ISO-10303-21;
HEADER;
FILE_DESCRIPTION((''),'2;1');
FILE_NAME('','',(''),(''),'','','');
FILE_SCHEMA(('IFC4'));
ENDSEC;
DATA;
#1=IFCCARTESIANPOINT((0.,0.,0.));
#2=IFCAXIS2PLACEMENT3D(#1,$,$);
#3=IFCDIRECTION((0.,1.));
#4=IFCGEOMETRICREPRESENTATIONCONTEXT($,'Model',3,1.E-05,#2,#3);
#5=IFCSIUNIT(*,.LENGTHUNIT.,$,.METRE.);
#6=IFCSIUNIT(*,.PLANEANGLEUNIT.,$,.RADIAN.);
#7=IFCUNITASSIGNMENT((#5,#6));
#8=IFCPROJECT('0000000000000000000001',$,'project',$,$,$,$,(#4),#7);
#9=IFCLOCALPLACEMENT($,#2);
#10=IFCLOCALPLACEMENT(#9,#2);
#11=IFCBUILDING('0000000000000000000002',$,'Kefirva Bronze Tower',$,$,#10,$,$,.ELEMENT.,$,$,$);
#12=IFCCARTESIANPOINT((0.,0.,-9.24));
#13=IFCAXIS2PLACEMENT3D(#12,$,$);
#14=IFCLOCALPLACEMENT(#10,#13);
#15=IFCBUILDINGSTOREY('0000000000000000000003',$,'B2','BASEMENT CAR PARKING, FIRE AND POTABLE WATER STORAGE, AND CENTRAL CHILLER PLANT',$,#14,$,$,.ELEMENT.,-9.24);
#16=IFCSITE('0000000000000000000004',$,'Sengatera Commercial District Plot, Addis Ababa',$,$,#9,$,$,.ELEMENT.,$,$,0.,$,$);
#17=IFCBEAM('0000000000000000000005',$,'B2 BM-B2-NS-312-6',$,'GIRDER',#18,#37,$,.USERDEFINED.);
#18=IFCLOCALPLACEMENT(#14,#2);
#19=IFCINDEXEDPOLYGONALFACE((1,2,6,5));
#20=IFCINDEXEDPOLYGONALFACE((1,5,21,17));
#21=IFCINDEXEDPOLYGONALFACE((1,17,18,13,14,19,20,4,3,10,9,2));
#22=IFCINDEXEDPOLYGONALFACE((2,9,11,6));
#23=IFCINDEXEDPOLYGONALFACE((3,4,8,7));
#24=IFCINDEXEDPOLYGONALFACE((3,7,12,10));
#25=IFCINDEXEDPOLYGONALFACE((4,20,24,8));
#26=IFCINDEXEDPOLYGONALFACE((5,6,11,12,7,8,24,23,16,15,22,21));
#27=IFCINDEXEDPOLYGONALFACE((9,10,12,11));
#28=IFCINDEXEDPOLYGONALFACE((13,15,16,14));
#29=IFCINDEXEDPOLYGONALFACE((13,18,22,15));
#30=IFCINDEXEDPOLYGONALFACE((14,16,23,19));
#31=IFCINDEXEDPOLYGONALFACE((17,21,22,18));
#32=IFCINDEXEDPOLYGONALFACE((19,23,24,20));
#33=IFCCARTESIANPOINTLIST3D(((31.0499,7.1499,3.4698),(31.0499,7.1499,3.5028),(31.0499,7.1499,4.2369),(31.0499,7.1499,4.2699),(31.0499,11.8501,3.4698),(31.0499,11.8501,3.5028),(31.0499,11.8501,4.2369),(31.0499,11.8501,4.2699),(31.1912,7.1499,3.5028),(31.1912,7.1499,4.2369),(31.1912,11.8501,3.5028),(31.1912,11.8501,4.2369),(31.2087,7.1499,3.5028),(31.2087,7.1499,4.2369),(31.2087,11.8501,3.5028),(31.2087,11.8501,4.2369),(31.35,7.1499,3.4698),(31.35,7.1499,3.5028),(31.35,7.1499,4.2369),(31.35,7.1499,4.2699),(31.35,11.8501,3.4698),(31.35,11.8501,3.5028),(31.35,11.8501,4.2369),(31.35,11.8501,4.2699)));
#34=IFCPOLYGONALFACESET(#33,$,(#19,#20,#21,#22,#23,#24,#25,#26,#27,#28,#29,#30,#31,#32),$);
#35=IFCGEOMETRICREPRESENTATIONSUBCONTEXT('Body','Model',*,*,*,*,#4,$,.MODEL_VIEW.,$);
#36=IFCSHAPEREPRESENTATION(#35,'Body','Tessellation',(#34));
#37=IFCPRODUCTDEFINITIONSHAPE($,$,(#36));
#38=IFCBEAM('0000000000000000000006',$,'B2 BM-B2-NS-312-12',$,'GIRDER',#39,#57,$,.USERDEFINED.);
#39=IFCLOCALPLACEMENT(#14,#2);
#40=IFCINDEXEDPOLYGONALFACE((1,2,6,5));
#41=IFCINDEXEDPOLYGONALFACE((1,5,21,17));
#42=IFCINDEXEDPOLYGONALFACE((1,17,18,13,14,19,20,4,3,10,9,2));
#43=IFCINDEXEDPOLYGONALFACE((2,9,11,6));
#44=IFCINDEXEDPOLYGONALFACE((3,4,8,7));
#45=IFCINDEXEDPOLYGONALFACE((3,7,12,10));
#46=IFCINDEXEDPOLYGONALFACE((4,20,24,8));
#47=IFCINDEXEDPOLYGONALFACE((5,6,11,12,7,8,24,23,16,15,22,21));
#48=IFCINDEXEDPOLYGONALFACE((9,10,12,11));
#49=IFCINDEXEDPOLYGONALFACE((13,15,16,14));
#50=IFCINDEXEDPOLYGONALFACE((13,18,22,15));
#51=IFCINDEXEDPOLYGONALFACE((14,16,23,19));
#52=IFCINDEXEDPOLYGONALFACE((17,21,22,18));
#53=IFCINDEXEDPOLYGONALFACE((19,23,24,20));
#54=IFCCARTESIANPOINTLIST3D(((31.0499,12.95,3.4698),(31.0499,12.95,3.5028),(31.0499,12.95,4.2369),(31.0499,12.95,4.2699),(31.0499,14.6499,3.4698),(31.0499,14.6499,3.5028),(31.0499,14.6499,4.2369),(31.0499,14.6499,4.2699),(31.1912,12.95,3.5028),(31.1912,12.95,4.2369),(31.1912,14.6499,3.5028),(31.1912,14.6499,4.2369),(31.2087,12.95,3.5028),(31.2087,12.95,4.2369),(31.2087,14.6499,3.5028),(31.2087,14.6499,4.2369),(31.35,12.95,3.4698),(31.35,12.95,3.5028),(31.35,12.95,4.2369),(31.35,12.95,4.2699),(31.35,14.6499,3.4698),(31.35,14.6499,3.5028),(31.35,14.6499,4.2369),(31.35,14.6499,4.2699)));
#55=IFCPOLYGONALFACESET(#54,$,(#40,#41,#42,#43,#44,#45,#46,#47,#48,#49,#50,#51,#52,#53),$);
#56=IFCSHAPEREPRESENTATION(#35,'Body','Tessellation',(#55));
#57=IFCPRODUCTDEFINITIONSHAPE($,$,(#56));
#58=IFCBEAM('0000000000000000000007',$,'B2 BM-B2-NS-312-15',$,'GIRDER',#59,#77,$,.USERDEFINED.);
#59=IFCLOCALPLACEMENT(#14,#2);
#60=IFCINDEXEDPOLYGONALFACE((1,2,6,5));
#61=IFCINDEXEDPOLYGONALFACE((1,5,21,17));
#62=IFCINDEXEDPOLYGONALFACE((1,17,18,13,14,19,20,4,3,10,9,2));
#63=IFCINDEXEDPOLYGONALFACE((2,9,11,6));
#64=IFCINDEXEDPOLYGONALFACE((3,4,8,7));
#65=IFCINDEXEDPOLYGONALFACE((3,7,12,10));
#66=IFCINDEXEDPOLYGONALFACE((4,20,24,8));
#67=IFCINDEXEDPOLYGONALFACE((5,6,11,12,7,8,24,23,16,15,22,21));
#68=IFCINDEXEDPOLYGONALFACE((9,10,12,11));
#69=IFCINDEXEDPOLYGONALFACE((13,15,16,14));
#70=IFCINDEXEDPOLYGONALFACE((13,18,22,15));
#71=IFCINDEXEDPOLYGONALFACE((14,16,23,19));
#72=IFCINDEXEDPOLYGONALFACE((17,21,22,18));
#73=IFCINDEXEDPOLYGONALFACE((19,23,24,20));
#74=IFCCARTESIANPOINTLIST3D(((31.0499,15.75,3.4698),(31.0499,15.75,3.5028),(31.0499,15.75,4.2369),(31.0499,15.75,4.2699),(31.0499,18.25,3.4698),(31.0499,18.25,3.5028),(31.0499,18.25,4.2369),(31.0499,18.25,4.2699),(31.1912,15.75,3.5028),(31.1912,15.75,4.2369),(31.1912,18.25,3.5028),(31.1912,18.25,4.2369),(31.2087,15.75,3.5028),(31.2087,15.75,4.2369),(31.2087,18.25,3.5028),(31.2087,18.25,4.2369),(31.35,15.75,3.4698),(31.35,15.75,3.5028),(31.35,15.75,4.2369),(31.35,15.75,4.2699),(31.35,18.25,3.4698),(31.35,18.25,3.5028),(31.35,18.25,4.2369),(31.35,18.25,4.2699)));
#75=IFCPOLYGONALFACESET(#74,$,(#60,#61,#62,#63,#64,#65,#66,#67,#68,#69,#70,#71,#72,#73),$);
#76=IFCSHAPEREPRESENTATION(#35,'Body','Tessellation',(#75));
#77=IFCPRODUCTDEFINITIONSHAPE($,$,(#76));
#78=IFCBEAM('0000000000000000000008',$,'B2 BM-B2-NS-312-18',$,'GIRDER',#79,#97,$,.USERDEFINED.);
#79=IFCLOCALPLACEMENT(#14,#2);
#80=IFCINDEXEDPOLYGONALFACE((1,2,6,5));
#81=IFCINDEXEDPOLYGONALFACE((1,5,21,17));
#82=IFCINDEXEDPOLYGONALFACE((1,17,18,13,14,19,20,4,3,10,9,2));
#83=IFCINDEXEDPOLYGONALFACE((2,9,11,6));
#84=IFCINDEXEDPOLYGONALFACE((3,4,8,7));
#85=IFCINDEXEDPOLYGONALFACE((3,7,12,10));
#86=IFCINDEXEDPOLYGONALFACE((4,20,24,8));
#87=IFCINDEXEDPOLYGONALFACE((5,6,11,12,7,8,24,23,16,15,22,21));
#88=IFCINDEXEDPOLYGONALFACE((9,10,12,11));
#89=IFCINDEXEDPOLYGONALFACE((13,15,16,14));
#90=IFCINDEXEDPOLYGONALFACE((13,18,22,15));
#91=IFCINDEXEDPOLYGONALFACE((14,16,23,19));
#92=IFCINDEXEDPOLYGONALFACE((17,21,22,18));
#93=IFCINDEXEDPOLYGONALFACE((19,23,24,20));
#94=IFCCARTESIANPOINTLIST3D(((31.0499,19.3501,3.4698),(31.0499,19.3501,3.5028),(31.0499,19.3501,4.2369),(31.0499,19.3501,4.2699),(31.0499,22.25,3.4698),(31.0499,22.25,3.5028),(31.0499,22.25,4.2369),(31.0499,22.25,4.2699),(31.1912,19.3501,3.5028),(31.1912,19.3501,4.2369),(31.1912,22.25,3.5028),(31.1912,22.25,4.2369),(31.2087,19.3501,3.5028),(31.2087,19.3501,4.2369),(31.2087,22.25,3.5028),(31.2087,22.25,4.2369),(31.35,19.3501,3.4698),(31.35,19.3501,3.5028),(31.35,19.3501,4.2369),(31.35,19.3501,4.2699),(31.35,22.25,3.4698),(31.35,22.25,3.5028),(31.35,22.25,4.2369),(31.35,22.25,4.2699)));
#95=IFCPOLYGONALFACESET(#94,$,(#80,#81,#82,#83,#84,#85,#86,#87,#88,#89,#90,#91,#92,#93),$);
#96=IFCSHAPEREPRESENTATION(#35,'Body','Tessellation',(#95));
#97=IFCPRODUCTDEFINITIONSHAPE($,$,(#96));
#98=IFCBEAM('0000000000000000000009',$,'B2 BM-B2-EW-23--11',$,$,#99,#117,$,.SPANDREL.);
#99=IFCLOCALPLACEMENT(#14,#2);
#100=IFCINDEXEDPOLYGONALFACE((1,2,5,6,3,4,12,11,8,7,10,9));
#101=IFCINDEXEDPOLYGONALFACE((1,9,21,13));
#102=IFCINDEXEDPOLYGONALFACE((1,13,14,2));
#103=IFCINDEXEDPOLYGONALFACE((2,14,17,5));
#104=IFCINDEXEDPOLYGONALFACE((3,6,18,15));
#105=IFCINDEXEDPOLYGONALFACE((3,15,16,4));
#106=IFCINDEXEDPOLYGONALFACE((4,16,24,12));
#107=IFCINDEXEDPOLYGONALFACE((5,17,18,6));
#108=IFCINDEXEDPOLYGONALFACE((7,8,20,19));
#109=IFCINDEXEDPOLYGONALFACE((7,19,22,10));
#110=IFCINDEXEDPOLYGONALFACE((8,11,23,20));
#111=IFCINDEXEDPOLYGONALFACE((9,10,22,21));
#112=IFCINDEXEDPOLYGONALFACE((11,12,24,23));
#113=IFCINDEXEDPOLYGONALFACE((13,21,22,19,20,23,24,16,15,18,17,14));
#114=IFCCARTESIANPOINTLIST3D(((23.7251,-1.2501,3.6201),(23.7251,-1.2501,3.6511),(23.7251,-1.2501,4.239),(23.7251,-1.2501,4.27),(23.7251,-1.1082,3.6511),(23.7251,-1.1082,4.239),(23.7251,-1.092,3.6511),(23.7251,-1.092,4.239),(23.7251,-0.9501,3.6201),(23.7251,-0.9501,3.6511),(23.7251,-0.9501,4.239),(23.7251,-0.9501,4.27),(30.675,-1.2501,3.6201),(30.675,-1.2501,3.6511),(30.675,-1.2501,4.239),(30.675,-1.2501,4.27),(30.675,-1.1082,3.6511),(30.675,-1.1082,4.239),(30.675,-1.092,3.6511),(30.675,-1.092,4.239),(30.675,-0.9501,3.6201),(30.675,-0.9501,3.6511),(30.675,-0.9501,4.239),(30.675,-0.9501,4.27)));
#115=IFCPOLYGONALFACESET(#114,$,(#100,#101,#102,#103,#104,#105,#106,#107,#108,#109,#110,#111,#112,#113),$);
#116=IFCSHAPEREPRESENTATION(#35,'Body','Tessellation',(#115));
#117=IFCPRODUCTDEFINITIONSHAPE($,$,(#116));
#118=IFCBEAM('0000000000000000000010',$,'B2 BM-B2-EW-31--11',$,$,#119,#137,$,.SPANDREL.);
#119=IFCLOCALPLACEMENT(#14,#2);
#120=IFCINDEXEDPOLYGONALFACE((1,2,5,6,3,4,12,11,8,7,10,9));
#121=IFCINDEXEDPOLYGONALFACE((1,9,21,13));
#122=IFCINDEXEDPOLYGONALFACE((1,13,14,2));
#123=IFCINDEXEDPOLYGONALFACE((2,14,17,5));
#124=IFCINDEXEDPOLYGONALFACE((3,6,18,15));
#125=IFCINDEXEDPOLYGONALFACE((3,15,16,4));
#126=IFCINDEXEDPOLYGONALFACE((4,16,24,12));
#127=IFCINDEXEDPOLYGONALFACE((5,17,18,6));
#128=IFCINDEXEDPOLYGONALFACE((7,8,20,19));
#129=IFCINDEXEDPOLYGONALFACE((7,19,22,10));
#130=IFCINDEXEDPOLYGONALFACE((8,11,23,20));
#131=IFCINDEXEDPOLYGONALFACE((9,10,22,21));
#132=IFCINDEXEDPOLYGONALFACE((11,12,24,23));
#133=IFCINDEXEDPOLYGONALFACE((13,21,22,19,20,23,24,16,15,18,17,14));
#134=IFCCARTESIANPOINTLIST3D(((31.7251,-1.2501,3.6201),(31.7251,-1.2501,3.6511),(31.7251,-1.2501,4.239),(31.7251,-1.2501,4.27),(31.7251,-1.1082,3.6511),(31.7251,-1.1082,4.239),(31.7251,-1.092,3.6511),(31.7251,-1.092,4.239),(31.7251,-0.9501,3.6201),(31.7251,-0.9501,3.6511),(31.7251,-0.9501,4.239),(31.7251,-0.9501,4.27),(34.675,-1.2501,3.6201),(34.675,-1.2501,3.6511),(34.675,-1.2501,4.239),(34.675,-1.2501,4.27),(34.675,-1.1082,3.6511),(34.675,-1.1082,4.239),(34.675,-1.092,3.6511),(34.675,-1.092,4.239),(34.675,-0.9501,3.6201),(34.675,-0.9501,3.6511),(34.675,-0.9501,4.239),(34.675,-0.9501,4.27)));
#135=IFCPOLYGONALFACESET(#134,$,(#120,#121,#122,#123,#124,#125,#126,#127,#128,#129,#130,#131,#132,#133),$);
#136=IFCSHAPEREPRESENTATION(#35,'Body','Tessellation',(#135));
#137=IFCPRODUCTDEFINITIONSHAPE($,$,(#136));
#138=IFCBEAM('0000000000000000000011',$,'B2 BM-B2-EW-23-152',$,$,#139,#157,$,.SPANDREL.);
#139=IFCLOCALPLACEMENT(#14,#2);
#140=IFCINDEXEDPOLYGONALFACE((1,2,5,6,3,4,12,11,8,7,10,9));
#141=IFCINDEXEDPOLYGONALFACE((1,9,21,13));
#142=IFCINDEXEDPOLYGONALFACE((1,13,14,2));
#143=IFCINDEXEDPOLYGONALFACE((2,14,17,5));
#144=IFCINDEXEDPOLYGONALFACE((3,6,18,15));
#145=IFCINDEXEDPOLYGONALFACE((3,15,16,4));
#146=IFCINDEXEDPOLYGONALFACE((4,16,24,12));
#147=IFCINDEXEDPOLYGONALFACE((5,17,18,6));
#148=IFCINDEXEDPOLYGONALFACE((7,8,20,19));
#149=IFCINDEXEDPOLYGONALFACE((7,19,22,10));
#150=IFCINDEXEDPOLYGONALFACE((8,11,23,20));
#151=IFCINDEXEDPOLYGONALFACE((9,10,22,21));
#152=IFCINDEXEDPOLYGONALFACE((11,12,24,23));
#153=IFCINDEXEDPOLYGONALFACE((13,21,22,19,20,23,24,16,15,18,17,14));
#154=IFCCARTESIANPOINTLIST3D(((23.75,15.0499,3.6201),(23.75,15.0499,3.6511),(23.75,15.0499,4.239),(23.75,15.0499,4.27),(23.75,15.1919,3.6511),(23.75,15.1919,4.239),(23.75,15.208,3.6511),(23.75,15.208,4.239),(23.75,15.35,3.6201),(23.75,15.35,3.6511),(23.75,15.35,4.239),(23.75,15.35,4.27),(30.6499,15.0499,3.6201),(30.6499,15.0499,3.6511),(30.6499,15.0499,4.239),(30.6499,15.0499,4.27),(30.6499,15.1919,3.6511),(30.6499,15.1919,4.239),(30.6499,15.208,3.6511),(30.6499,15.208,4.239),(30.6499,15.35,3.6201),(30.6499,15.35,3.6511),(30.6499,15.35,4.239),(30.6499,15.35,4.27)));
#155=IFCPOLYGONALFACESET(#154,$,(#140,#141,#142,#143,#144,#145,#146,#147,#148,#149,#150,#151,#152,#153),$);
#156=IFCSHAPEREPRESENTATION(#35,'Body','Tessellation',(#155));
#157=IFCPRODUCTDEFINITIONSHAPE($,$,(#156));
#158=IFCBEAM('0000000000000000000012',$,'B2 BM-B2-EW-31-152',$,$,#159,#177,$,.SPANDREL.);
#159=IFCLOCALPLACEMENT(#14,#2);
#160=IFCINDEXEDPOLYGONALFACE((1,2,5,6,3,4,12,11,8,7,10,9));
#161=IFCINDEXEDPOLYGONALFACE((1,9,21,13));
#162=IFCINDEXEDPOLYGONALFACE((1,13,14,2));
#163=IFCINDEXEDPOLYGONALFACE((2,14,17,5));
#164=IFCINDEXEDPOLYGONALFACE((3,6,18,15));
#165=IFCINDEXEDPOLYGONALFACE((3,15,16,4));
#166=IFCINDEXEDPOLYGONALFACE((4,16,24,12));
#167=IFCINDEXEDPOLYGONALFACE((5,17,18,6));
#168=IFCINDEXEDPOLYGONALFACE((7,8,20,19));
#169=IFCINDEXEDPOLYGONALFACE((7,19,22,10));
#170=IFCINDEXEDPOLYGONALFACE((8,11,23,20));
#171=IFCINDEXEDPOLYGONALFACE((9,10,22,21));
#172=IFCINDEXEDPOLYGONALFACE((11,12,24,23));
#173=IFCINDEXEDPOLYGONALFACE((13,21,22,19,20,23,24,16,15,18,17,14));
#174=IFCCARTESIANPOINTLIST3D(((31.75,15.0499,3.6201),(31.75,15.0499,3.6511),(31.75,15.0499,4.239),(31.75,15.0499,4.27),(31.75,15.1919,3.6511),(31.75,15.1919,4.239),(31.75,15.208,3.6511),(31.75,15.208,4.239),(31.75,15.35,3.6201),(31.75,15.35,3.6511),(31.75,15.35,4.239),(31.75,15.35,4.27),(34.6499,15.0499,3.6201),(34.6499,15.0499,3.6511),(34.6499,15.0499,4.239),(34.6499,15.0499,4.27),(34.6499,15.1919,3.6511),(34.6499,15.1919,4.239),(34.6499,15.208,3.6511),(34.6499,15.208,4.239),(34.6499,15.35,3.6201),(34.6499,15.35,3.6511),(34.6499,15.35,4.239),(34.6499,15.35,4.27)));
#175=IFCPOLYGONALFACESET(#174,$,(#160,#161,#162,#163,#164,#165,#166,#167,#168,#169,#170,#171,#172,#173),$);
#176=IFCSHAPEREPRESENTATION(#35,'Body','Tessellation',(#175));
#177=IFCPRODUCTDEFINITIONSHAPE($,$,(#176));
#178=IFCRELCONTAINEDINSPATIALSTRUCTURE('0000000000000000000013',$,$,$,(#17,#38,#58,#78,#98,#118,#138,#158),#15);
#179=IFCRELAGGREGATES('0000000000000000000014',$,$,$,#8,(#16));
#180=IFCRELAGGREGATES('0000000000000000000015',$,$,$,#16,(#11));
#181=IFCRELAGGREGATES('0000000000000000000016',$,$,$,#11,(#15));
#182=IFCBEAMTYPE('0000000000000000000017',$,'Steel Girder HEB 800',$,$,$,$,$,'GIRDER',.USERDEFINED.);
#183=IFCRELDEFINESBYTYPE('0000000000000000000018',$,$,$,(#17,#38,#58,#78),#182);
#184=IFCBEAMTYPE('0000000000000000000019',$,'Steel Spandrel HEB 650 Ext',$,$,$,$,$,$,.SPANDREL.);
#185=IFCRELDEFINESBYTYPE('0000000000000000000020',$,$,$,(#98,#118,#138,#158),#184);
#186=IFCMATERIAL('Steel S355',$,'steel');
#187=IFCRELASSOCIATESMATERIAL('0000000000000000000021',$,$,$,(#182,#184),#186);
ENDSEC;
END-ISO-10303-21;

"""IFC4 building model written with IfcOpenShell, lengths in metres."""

from ifc_helpers import new_model, si_unit, direction, frame, origin, origin_2d, place, context, subcontext, project, spatial, i_section, extrude, material, material_profile, profile_set, type_object, element, save


model = new_model("IFC4")

# Units and contexts
model_context = context("Model", 3, precision=1e-05, world=origin(), true_north=direction((0.0, 1.0)))
body_context = subcontext(model_context, "Body", "Model", "MODEL_VIEW")
ifc_project = project(units=[si_unit("LENGTHUNIT", "METRE"), si_unit("PLANEANGLEUNIT", "RADIAN")], contexts=[model_context])

# Site, building, storey
site_placement = place(None, origin())
site = spatial("IfcSite", under=ifc_project, at=site_placement, Name="Sengatera Commercial District Plot, Addis Ababa", CompositionType="ELEMENT", RefElevation=0.0)
building_placement = place(site_placement, origin())
building = spatial("IfcBuilding", under=site, at=building_placement, Name="Kefirva Bronze Tower", CompositionType="ELEMENT")
storey_placement = place(building_placement, frame((0.0, 0.0, -9.24)))
storey = spatial("IfcBuildingStorey", under=building, at=storey_placement, Name="B2", Description="BASEMENT CAR PARKING, FIRE AND POTABLE WATER STORAGE, AND CENTRAL CHILLER PLANT", CompositionType="ELEMENT", Elevation=-9.24)

# Beams
ifc_material_1 = material(Name="Steel S355", Category="steel")
ifc_material_profile_1 = material_profile(ifc_material_1, i_section(OverallWidth=0.3, OverallDepth=0.8, WebThickness=0.0176, FlangeThickness=0.033, at=origin_2d()), Name="HEB 800")
ifc_profile_set_1 = profile_set([ifc_material_profile_1], Name="Steel S355")
beam_type_1 = type_object("IfcBeamType", Name="Steel Girder HEB 800", ElementType="GIRDER", PredefinedType="USERDEFINED", material=ifc_profile_set_1)
beam_1_placement = place(storey_placement, frame((31.2, 7.1499, 3.8699), z_axis=(0.0, 1.0, 0.0), x_axis=(-1.0, 0.0, 0.0)))
element("IfcBeam", 1, at=beam_1_placement, inside=storey, type_object=beam_type_1, Name="B2 BM-B2-NS-312-6", ObjectType="GIRDER", PredefinedType="USERDEFINED", context=body_context, shape_type="SweptSolid", body=[
    extrude(i_section(OverallWidth=0.3, OverallDepth=0.8, WebThickness=0.0176, FlangeThickness=0.033, at=origin_2d()), origin(), (0.0, 0.0, 1.0), 4.7002),
])
beam_2_placement = place(storey_placement, frame((31.2, 12.95, 3.8699), z_axis=(0.0, 1.0, 0.0), x_axis=(-1.0, 0.0, 0.0)))
element("IfcBeam", 2, at=beam_2_placement, inside=storey, type_object=beam_type_1, Name="B2 BM-B2-NS-312-12", ObjectType="GIRDER", PredefinedType="USERDEFINED", context=body_context, shape_type="SweptSolid", body=[
    extrude(i_section(OverallWidth=0.3, OverallDepth=0.8, WebThickness=0.0176, FlangeThickness=0.033, at=origin_2d()), origin(), (0.0, 0.0, 1.0), 1.7),
])
beam_3_placement = place(storey_placement, frame((31.2, 15.75, 3.8699), z_axis=(0.0, 1.0, 0.0), x_axis=(-1.0, 0.0, 0.0)))
element("IfcBeam", 3, at=beam_3_placement, inside=storey, type_object=beam_type_1, Name="B2 BM-B2-NS-312-15", ObjectType="GIRDER", PredefinedType="USERDEFINED", context=body_context, shape_type="SweptSolid", body=[
    extrude(i_section(OverallWidth=0.3, OverallDepth=0.8, WebThickness=0.0176, FlangeThickness=0.033, at=origin_2d()), origin(), (0.0, 0.0, 1.0), 2.5),
])
beam_4_placement = place(storey_placement, frame((31.2, 19.3501, 3.8699), z_axis=(0.0, 1.0, 0.0), x_axis=(-1.0, 0.0, 0.0)))
element("IfcBeam", 4, at=beam_4_placement, inside=storey, type_object=beam_type_1, Name="B2 BM-B2-NS-312-18", ObjectType="GIRDER", PredefinedType="USERDEFINED", context=body_context, shape_type="SweptSolid", body=[
    extrude(i_section(OverallWidth=0.3, OverallDepth=0.8, WebThickness=0.0176, FlangeThickness=0.033, at=origin_2d()), origin(), (0.0, 0.0, 1.0), 2.8999),
])
ifc_material_profile_2 = material_profile(ifc_material_1, i_section(OverallWidth=0.3, OverallDepth=0.6499, WebThickness=0.0161, FlangeThickness=0.031, at=origin_2d()), Name="HEB 650")
ifc_profile_set_2 = profile_set([ifc_material_profile_2], Name="Steel S355")
beam_type_2 = type_object("IfcBeamType", Name="Steel Spandrel HEB 650 Ext", PredefinedType="SPANDREL", material=ifc_profile_set_2)
beam_5_placement = place(storey_placement, frame((23.7251, -1.1001, 3.9451), z_axis=(1.0, 0.0, 0.0), x_axis=(0.0, 1.0, 0.0)))
element("IfcBeam", 5, at=beam_5_placement, inside=storey, type_object=beam_type_2, Name="B2 BM-B2-EW-23--11", PredefinedType="SPANDREL", context=body_context, shape_type="SweptSolid", body=[
    extrude(i_section(OverallWidth=0.3, OverallDepth=0.6499, WebThickness=0.0161, FlangeThickness=0.031, at=origin_2d()), origin(), (0.0, 0.0, 1.0), 6.95),
])
beam_6_placement = place(storey_placement, frame((31.7251, -1.1001, 3.9451), z_axis=(1.0, 0.0, 0.0), x_axis=(0.0, 1.0, 0.0)))
element("IfcBeam", 6, at=beam_6_placement, inside=storey, type_object=beam_type_2, Name="B2 BM-B2-EW-31--11", PredefinedType="SPANDREL", context=body_context, shape_type="SweptSolid", body=[
    extrude(i_section(OverallWidth=0.3, OverallDepth=0.6499, WebThickness=0.0161, FlangeThickness=0.031, at=origin_2d()), origin(), (0.0, 0.0, 1.0), 2.95),
])
beam_7_placement = place(storey_placement, frame((23.75, 15.2, 3.9451), z_axis=(1.0, 0.0, 0.0), x_axis=(0.0, 1.0, 0.0)))
element("IfcBeam", 7, at=beam_7_placement, inside=storey, type_object=beam_type_2, Name="B2 BM-B2-EW-23-152", PredefinedType="SPANDREL", context=body_context, shape_type="SweptSolid", body=[
    extrude(i_section(OverallWidth=0.3, OverallDepth=0.6499, WebThickness=0.0161, FlangeThickness=0.031, at=origin_2d()), origin(), (0.0, 0.0, 1.0), 6.8999),
])
beam_8_placement = place(storey_placement, frame((31.75, 15.2, 3.9451), z_axis=(1.0, 0.0, 0.0), x_axis=(0.0, 1.0, 0.0)))
element("IfcBeam", 8, at=beam_8_placement, inside=storey, type_object=beam_type_2, Name="B2 BM-B2-EW-31-152", PredefinedType="SPANDREL", context=body_context, shape_type="SweptSolid", body=[
    extrude(i_section(OverallWidth=0.3, OverallDepth=0.6499, WebThickness=0.0161, FlangeThickness=0.031, at=origin_2d()), origin(), (0.0, 0.0, 1.0), 2.8999),
])

save(model, "model.ifc")
